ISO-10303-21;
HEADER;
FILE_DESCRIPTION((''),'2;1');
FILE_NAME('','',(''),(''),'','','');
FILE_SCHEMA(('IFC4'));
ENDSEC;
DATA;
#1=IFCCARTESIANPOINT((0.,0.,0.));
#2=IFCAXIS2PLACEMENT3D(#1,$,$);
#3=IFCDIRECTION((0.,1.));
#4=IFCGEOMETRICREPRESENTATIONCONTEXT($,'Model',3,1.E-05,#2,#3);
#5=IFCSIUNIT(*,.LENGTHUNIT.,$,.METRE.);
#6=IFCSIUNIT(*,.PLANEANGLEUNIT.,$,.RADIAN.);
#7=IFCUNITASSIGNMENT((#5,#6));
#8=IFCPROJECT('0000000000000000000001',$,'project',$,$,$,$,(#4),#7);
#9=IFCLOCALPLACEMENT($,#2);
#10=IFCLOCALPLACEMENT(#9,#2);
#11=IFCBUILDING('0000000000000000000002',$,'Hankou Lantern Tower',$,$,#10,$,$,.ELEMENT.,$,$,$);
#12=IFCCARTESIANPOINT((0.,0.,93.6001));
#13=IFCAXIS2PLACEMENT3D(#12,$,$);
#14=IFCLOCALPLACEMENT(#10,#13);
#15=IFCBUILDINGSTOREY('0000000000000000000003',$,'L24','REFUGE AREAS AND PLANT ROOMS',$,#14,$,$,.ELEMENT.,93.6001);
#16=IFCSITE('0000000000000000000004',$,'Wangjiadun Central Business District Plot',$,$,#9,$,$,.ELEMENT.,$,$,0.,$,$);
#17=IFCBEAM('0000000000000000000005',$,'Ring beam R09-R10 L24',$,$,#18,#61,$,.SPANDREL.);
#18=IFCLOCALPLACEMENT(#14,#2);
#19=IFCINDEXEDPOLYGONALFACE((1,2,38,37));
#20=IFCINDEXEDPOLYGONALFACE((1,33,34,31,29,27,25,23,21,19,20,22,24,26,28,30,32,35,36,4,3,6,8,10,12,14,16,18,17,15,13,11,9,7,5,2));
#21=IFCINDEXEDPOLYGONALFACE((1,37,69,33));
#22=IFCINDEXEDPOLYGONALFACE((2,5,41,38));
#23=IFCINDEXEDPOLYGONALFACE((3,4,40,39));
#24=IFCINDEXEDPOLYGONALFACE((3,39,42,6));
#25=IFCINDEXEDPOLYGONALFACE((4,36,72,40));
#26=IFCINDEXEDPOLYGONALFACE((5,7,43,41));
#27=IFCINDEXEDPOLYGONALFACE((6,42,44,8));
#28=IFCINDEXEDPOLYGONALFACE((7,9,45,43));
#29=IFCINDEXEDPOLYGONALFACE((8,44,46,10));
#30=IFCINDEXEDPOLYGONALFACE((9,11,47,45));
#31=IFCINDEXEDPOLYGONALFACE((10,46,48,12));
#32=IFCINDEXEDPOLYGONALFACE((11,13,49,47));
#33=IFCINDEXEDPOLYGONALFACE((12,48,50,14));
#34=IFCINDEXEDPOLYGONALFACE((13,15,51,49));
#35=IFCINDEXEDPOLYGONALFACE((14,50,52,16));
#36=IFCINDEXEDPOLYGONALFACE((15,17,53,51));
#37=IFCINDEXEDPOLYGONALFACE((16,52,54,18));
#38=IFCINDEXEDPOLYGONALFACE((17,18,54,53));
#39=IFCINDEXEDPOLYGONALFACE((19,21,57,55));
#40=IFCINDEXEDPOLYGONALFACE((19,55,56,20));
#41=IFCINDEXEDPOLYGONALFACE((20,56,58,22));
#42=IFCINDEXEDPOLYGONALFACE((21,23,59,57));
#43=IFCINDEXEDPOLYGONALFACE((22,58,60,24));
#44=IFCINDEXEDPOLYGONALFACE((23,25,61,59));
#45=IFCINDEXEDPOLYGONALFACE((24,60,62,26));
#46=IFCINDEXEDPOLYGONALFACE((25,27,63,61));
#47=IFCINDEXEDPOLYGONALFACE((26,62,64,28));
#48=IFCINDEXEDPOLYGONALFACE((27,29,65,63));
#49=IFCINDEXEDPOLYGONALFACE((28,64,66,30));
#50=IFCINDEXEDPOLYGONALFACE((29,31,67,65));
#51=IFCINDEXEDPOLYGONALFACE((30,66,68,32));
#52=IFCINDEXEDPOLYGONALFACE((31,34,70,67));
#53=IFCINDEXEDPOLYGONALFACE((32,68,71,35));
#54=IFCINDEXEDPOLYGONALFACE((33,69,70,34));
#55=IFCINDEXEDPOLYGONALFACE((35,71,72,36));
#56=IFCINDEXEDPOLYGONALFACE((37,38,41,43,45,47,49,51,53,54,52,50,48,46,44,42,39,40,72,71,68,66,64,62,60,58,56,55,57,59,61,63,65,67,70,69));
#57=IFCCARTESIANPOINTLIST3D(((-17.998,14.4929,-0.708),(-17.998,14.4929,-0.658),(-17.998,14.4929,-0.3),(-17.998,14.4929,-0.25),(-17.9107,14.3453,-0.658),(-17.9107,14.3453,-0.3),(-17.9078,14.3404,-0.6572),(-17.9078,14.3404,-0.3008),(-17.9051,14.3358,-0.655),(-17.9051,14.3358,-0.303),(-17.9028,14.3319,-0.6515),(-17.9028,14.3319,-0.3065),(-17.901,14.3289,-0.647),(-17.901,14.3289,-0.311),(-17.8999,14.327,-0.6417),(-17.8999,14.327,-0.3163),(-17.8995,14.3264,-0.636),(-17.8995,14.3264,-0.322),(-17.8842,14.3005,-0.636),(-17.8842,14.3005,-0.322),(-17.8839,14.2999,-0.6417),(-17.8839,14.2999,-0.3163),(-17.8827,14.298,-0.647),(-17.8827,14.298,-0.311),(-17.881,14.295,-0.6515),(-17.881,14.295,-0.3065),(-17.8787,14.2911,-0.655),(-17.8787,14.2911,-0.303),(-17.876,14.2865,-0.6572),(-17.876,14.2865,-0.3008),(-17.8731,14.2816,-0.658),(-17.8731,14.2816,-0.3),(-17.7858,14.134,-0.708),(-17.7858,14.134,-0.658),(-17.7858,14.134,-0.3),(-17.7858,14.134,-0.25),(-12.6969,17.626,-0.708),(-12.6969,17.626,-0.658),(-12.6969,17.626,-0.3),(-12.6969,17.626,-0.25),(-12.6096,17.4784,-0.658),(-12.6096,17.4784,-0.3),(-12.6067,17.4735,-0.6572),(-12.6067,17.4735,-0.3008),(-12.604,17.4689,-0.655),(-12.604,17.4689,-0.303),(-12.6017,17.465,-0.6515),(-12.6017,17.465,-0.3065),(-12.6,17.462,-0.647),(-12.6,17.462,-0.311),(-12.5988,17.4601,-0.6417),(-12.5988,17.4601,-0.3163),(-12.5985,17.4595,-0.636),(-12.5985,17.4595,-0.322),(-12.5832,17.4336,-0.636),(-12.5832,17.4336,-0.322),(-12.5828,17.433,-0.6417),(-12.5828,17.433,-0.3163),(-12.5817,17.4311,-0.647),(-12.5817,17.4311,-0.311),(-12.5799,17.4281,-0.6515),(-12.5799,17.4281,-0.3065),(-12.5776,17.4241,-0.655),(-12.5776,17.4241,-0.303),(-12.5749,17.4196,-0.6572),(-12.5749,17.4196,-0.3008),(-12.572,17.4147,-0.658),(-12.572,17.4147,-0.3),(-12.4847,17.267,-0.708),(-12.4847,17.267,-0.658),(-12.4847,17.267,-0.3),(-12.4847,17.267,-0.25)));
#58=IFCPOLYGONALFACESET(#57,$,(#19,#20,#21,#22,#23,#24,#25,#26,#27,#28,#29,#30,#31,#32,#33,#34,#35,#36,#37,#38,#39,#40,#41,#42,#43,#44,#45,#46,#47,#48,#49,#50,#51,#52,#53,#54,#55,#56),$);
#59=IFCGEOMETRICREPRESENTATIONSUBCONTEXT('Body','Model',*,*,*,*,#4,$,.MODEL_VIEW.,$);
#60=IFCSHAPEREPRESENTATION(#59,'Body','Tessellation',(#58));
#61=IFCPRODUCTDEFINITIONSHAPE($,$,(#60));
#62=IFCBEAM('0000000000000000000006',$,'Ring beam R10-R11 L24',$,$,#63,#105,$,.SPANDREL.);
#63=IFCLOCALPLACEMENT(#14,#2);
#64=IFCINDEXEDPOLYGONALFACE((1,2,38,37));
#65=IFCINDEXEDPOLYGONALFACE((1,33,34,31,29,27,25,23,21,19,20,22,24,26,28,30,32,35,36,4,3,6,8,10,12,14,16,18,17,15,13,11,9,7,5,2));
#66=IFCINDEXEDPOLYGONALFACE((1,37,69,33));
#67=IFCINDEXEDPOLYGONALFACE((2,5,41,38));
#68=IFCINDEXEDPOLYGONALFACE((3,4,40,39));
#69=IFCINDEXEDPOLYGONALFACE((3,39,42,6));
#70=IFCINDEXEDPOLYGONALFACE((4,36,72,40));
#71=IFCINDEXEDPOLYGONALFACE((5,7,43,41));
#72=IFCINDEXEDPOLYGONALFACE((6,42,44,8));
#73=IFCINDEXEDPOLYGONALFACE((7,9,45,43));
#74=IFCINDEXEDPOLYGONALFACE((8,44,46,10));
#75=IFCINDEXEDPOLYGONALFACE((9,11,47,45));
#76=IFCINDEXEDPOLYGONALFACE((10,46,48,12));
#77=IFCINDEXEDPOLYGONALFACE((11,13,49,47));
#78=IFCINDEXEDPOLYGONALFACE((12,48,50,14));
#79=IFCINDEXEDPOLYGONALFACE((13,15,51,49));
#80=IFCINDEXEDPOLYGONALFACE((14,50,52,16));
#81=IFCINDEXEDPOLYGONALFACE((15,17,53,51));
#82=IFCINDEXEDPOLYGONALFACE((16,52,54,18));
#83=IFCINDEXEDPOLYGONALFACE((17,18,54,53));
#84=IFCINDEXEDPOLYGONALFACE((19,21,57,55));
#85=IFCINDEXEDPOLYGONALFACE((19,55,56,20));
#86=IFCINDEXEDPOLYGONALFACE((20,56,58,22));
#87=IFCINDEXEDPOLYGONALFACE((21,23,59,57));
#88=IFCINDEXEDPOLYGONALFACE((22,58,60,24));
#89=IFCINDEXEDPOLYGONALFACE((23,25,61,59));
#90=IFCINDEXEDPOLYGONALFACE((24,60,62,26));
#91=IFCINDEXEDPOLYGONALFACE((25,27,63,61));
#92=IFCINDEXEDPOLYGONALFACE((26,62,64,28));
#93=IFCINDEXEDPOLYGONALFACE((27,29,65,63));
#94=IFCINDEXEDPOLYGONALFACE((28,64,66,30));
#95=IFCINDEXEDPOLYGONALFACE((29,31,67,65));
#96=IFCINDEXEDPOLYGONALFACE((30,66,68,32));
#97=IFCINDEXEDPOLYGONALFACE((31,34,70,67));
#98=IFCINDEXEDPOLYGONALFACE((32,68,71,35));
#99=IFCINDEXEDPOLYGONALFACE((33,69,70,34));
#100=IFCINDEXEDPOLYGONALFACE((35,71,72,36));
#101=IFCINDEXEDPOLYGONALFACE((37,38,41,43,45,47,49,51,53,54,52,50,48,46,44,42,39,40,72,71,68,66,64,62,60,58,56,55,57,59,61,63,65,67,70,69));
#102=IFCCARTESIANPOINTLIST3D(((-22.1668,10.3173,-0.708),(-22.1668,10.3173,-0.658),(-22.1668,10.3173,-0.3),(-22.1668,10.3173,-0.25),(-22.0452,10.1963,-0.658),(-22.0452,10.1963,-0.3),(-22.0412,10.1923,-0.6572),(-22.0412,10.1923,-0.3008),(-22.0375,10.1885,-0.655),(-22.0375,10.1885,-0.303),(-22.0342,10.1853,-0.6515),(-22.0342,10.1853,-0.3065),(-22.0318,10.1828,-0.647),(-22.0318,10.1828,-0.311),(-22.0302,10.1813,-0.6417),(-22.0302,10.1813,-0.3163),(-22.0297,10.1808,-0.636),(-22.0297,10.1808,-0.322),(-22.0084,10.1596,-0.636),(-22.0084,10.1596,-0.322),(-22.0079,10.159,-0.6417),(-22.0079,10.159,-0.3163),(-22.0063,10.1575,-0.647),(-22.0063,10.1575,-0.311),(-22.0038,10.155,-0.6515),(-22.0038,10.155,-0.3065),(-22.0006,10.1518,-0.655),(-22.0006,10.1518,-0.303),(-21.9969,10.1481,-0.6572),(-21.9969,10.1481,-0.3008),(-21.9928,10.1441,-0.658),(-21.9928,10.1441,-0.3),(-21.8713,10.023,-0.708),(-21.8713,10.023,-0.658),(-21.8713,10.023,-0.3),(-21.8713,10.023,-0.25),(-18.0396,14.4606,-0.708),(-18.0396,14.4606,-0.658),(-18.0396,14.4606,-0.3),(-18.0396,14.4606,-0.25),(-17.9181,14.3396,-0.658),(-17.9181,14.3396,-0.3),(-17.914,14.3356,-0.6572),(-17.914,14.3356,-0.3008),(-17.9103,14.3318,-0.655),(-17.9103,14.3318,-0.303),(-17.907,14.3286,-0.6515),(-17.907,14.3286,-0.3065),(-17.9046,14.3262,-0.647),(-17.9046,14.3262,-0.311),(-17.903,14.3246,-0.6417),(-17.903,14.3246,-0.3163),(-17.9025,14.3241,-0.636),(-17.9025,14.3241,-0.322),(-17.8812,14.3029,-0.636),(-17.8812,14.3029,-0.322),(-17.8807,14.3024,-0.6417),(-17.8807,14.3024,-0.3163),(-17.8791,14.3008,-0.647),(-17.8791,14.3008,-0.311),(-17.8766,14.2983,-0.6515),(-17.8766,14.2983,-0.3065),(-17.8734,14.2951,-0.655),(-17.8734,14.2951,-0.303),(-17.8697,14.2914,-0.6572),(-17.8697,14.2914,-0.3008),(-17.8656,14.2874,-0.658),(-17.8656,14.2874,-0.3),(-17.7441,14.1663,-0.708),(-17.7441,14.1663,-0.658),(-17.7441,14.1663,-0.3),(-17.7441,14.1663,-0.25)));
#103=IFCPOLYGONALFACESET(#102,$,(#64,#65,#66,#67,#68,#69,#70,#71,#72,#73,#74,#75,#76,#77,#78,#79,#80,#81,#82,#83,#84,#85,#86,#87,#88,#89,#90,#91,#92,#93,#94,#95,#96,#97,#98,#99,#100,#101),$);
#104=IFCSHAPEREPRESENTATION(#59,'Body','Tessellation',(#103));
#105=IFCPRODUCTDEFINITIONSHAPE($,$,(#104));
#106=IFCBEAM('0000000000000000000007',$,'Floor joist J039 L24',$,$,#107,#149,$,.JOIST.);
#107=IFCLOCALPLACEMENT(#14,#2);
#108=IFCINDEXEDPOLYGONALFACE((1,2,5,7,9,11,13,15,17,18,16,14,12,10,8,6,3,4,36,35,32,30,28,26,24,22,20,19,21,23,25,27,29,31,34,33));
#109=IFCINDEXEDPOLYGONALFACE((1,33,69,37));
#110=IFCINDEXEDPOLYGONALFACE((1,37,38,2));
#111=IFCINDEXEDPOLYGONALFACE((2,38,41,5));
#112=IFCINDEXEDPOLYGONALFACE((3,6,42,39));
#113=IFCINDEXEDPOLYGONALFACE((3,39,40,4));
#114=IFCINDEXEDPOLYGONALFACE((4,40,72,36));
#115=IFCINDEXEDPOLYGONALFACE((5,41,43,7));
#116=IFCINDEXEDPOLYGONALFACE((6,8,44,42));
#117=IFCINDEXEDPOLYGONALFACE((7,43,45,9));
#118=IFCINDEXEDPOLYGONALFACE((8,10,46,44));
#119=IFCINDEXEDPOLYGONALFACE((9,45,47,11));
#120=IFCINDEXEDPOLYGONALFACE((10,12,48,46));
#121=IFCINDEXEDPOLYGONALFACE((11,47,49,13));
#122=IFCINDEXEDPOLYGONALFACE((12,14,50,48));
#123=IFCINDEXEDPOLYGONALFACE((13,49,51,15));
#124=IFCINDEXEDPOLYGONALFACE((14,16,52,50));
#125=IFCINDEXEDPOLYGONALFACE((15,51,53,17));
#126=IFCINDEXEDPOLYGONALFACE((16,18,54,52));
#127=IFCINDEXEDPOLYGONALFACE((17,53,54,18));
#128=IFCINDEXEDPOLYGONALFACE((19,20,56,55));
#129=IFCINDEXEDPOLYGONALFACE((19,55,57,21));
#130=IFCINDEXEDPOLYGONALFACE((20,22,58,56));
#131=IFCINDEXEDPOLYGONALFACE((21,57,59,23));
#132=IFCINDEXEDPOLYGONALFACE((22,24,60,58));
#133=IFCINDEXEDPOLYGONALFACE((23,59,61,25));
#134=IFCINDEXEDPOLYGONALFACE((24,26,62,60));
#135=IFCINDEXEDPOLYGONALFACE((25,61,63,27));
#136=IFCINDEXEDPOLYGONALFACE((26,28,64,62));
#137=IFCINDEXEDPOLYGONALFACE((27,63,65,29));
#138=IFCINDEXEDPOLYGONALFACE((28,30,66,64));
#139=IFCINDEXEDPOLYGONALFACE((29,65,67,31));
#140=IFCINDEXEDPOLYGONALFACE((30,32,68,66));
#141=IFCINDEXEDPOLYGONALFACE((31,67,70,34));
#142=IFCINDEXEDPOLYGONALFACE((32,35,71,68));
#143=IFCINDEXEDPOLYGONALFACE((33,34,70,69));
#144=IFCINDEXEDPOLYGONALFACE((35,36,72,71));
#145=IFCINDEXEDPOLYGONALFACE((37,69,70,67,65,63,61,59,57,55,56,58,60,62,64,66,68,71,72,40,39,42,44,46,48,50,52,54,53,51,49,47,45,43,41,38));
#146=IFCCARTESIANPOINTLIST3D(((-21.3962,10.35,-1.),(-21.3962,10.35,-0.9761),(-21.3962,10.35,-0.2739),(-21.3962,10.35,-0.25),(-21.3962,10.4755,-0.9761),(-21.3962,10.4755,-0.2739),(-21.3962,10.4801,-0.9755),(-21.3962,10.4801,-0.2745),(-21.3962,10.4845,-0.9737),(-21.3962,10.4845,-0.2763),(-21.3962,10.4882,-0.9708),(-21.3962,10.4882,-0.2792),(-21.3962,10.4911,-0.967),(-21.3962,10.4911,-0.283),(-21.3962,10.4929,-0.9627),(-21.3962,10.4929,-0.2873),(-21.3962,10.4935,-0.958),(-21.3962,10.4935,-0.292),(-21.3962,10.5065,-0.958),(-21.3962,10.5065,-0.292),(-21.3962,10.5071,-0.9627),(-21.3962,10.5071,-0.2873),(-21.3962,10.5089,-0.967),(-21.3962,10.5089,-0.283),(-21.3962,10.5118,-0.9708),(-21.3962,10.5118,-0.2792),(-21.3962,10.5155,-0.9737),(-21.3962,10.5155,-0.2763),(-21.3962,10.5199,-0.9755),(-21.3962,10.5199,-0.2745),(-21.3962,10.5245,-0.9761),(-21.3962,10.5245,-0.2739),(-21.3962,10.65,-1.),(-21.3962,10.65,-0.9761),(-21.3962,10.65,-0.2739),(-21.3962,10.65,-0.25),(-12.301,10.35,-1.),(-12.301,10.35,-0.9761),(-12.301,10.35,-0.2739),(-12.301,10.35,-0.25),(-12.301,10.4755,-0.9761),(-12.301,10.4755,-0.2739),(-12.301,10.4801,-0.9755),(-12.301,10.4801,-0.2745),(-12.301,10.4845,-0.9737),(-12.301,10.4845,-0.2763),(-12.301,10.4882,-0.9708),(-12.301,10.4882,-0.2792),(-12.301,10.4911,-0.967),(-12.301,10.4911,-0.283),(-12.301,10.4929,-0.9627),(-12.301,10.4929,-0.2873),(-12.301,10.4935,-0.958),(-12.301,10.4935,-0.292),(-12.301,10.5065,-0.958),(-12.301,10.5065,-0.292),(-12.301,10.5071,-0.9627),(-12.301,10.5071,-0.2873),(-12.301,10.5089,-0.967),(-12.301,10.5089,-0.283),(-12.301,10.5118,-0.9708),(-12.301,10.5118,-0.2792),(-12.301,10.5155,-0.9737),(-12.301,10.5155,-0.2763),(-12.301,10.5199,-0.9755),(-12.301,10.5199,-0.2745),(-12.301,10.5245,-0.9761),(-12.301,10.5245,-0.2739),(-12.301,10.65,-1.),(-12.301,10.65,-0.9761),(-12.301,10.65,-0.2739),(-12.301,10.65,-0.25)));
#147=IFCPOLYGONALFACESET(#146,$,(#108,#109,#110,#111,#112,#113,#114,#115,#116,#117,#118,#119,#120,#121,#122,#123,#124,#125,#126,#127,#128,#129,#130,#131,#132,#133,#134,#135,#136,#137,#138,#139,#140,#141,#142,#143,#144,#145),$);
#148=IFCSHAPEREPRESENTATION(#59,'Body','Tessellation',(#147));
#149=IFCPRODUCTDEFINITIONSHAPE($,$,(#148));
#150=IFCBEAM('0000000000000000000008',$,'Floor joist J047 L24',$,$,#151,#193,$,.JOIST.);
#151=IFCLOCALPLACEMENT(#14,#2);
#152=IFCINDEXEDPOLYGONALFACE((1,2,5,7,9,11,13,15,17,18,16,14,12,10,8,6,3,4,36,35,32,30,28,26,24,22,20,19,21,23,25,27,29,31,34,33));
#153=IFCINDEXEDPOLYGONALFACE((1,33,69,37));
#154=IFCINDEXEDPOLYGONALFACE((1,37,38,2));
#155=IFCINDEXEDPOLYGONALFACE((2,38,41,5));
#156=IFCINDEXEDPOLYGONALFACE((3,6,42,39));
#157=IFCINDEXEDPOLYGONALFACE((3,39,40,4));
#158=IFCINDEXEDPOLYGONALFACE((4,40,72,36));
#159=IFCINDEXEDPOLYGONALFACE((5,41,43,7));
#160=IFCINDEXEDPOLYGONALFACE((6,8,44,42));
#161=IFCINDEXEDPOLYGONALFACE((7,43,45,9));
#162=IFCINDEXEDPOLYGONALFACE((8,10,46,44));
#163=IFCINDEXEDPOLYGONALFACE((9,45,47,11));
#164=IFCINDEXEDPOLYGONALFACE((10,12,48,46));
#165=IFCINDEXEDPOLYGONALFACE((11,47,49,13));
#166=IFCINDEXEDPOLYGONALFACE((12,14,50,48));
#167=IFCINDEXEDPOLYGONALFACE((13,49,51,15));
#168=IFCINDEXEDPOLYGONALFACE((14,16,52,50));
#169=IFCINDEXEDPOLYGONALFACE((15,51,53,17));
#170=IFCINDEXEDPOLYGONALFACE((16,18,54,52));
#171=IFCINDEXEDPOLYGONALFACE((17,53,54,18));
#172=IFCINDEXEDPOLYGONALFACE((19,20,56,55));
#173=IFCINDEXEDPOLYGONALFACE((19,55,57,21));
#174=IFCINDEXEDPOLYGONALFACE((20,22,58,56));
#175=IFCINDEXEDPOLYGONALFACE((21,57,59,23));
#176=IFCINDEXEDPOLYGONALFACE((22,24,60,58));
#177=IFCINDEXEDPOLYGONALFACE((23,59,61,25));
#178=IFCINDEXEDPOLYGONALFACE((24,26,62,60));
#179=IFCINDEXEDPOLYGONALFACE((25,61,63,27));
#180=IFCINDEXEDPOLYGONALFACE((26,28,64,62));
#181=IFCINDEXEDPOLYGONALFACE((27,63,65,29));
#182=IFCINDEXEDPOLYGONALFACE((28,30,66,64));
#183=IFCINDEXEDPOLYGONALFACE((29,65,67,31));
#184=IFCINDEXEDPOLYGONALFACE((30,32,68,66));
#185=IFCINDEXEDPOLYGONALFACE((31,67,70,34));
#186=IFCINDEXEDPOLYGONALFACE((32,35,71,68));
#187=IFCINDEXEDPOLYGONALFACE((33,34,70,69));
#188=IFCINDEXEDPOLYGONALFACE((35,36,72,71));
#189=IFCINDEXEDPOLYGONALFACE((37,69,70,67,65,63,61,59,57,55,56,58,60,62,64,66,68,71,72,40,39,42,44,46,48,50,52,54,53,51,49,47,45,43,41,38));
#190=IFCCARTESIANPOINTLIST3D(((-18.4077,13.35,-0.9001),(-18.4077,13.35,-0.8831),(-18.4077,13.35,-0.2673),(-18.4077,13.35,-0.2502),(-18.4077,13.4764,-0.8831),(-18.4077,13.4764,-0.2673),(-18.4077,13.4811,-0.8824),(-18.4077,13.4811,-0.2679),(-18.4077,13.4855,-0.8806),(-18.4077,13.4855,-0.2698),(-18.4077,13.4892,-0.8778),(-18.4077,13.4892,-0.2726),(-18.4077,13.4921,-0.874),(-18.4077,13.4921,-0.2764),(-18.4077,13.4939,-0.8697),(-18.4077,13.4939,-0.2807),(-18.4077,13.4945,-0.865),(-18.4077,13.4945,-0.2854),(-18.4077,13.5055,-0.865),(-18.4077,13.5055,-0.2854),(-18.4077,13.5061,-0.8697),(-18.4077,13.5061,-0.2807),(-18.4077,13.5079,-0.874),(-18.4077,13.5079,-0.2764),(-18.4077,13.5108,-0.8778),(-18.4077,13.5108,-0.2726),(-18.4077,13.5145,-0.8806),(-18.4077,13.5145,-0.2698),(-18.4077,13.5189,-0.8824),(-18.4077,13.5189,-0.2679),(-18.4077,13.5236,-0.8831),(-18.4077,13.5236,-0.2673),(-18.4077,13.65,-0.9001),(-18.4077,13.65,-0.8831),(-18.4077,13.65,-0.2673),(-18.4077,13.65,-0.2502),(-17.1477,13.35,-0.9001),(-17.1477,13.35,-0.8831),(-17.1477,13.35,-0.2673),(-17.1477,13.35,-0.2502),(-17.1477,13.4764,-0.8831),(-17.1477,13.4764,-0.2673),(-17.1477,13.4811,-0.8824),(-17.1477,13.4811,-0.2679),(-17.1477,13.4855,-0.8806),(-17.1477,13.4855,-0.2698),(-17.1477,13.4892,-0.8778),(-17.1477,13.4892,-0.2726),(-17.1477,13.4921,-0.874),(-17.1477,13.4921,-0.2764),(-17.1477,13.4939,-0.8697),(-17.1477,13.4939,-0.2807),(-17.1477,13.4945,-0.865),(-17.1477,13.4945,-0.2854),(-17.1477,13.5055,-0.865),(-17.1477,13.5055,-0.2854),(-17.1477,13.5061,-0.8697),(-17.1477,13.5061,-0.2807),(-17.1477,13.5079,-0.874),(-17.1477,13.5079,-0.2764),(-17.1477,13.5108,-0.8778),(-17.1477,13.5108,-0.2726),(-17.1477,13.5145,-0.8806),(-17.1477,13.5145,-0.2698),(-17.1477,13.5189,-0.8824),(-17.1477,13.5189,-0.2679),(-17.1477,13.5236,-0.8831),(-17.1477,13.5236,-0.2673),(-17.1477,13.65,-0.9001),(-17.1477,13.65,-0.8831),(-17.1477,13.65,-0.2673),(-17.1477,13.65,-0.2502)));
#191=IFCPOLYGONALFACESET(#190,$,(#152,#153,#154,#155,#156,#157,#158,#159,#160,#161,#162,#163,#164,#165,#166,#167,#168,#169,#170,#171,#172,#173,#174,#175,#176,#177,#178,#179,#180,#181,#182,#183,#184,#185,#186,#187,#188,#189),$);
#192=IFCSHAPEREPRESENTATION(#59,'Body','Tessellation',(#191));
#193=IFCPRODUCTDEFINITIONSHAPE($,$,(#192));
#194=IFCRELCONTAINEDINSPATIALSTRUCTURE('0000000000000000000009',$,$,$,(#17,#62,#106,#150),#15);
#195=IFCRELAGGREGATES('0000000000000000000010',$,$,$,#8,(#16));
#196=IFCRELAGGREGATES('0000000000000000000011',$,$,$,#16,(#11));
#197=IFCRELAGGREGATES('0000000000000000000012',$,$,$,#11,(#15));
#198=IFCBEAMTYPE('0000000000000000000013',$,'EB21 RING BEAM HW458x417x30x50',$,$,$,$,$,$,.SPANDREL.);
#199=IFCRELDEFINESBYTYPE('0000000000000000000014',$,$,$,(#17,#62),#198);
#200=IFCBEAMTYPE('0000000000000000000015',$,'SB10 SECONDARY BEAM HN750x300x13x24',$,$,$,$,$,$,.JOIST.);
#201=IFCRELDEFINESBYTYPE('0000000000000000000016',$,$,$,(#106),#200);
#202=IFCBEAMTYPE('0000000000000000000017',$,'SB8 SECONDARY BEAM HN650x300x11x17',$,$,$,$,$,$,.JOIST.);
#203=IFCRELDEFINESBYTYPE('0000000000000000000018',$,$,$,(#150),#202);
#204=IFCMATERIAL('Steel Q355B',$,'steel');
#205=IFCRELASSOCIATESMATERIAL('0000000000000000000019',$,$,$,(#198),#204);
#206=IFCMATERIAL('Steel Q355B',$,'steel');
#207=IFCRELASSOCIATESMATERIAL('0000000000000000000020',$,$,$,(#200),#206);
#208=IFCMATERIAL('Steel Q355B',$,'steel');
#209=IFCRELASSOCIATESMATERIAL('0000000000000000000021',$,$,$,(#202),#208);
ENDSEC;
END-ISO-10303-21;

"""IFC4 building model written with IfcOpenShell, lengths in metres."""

from ifc_helpers import new_model, si_unit, direction, frame, origin, origin_2d, place, context, subcontext, project, spatial, i_section, extrude, material, material_profile, profile_set, type_object, element, save


model = new_model("IFC4")

# Units and contexts
model_context = context("Model", 3, precision=1e-05, world=origin(), true_north=direction((0.0, 1.0)))
body_context = subcontext(model_context, "Body", "Model", "MODEL_VIEW")
ifc_project = project(units=[si_unit("LENGTHUNIT", "METRE"), si_unit("PLANEANGLEUNIT", "RADIAN")], contexts=[model_context])

# Site, building, storey
site_placement = place(None, origin())
site = spatial("IfcSite", under=ifc_project, at=site_placement, Name="Wangjiadun Central Business District Plot", CompositionType="ELEMENT", RefElevation=0.0)
building_placement = place(site_placement, origin())
building = spatial("IfcBuilding", under=site, at=building_placement, Name="Hankou Lantern Tower", CompositionType="ELEMENT")
storey_placement = place(building_placement, frame((0.0, 0.0, 93.6001)))
storey = spatial("IfcBuildingStorey", under=building, at=storey_placement, Name="L24", Description="REFUGE AREAS AND PLANT ROOMS", CompositionType="ELEMENT", Elevation=93.6001)

# Beams
ifc_material_1 = material(Name="Steel Q355B", Category="steel")
ifc_material_profile_1 = material_profile(ifc_material_1, i_section(OverallWidth=0.417, OverallDepth=0.458, WebThickness=0.03, FlangeThickness=0.05, FilletRadius=0.022, at=origin_2d()), Name="HW458x417x30x50")
ifc_profile_set_1 = profile_set([ifc_material_profile_1], Name="Steel Q355B")
beam_type_1 = type_object("IfcBeamType", Name="EB21 RING BEAM HW458x417x30x50", PredefinedType="SPANDREL", material=ifc_profile_set_1)
beam_1_placement = place(storey_placement, frame((-12.5908, 17.4465, -0.479), z_axis=(-0.860882, -0.508805, 0.0), x_axis=(0.508805, -0.860882, 0.0)))
element("IfcBeam", 1, at=beam_1_placement, inside=storey, type_object=beam_type_1, Name="Ring beam R09-R10 L24", PredefinedType="SPANDREL", context=body_context, shape_type="SweptSolid", body=[
    extrude(i_section(OverallWidth=0.417, OverallDepth=0.458, WebThickness=0.03, FlangeThickness=0.05, FilletRadius=0.022, at=origin_2d()), origin(), (0.0, 0.0, 1.0), 6.1577),
])
beam_2_placement = place(storey_placement, frame((-17.8918, 14.3135, -0.479), z_axis=(-0.705728, -0.708483, 0.0), x_axis=(0.708483, -0.705728, 0.0)))
element("IfcBeam", 2, at=beam_2_placement, inside=storey, type_object=beam_type_1, Name="Ring beam R10-R11 L24", PredefinedType="SPANDREL", context=body_context, shape_type="SweptSolid", body=[
    extrude(i_section(OverallWidth=0.417, OverallDepth=0.458, WebThickness=0.03, FlangeThickness=0.05, FilletRadius=0.022, at=origin_2d()), origin(), (0.0, 0.0, 1.0), 5.8481),
])
ifc_material_2 = material(Name="Steel Q355B", Category="steel")
ifc_material_profile_2 = material_profile(ifc_material_2, i_section(OverallWidth=0.3, OverallDepth=0.75, WebThickness=0.0129, FlangeThickness=0.0239, FilletRadius=0.0181, at=origin_2d()), Name="HN750x300x13x24")
ifc_profile_set_2 = profile_set([ifc_material_profile_2], Name="Steel Q355B")
beam_type_2 = type_object("IfcBeamType", Name="SB10 SECONDARY BEAM HN750x300x13x24", PredefinedType="JOIST", material=ifc_profile_set_2)
beam_3_placement = place(storey_placement, frame((-21.3962, 10.5, -0.625), z_axis=(1.0, 0.0, 0.0), x_axis=(0.0, 1.0, 0.0)))
element("IfcBeam", 3, at=beam_3_placement, inside=storey, type_object=beam_type_2, Name="Floor joist J039 L24", PredefinedType="JOIST", context=body_context, shape_type="SweptSolid", body=[
    extrude(i_section(OverallWidth=0.3, OverallDepth=0.75, WebThickness=0.0129, FlangeThickness=0.0239, FilletRadius=0.0181, at=origin_2d()), origin(), (0.0, 0.0, 1.0), 9.0952),
])
ifc_material_3 = material(Name="Steel Q355B", Category="steel")
ifc_material_profile_3 = material_profile(ifc_material_3, i_section(OverallWidth=0.3, OverallDepth=0.6499, WebThickness=0.011, FlangeThickness=0.0171, FilletRadius=0.0181, at=origin_2d()), Name="HN650x300x11x17")
ifc_profile_set_3 = profile_set([ifc_material_profile_3], Name="Steel Q355B")
beam_type_3 = type_object("IfcBeamType", Name="SB8 SECONDARY BEAM HN650x300x11x17", PredefinedType="JOIST", material=ifc_profile_set_3)
beam_4_placement = place(storey_placement, frame((-18.4077, 13.5, -0.5752), z_axis=(1.0, 0.0, 0.0), x_axis=(0.0, 1.0, 0.0)))
element("IfcBeam", 4, at=beam_4_placement, inside=storey, type_object=beam_type_3, Name="Floor joist J047 L24", PredefinedType="JOIST", context=body_context, shape_type="SweptSolid", body=[
    extrude(i_section(OverallWidth=0.3, OverallDepth=0.6499, WebThickness=0.011, FlangeThickness=0.0171, FilletRadius=0.0181, at=origin_2d()), origin(), (0.0, 0.0, 1.0), 1.26),
])

save(model, "model.ifc")
